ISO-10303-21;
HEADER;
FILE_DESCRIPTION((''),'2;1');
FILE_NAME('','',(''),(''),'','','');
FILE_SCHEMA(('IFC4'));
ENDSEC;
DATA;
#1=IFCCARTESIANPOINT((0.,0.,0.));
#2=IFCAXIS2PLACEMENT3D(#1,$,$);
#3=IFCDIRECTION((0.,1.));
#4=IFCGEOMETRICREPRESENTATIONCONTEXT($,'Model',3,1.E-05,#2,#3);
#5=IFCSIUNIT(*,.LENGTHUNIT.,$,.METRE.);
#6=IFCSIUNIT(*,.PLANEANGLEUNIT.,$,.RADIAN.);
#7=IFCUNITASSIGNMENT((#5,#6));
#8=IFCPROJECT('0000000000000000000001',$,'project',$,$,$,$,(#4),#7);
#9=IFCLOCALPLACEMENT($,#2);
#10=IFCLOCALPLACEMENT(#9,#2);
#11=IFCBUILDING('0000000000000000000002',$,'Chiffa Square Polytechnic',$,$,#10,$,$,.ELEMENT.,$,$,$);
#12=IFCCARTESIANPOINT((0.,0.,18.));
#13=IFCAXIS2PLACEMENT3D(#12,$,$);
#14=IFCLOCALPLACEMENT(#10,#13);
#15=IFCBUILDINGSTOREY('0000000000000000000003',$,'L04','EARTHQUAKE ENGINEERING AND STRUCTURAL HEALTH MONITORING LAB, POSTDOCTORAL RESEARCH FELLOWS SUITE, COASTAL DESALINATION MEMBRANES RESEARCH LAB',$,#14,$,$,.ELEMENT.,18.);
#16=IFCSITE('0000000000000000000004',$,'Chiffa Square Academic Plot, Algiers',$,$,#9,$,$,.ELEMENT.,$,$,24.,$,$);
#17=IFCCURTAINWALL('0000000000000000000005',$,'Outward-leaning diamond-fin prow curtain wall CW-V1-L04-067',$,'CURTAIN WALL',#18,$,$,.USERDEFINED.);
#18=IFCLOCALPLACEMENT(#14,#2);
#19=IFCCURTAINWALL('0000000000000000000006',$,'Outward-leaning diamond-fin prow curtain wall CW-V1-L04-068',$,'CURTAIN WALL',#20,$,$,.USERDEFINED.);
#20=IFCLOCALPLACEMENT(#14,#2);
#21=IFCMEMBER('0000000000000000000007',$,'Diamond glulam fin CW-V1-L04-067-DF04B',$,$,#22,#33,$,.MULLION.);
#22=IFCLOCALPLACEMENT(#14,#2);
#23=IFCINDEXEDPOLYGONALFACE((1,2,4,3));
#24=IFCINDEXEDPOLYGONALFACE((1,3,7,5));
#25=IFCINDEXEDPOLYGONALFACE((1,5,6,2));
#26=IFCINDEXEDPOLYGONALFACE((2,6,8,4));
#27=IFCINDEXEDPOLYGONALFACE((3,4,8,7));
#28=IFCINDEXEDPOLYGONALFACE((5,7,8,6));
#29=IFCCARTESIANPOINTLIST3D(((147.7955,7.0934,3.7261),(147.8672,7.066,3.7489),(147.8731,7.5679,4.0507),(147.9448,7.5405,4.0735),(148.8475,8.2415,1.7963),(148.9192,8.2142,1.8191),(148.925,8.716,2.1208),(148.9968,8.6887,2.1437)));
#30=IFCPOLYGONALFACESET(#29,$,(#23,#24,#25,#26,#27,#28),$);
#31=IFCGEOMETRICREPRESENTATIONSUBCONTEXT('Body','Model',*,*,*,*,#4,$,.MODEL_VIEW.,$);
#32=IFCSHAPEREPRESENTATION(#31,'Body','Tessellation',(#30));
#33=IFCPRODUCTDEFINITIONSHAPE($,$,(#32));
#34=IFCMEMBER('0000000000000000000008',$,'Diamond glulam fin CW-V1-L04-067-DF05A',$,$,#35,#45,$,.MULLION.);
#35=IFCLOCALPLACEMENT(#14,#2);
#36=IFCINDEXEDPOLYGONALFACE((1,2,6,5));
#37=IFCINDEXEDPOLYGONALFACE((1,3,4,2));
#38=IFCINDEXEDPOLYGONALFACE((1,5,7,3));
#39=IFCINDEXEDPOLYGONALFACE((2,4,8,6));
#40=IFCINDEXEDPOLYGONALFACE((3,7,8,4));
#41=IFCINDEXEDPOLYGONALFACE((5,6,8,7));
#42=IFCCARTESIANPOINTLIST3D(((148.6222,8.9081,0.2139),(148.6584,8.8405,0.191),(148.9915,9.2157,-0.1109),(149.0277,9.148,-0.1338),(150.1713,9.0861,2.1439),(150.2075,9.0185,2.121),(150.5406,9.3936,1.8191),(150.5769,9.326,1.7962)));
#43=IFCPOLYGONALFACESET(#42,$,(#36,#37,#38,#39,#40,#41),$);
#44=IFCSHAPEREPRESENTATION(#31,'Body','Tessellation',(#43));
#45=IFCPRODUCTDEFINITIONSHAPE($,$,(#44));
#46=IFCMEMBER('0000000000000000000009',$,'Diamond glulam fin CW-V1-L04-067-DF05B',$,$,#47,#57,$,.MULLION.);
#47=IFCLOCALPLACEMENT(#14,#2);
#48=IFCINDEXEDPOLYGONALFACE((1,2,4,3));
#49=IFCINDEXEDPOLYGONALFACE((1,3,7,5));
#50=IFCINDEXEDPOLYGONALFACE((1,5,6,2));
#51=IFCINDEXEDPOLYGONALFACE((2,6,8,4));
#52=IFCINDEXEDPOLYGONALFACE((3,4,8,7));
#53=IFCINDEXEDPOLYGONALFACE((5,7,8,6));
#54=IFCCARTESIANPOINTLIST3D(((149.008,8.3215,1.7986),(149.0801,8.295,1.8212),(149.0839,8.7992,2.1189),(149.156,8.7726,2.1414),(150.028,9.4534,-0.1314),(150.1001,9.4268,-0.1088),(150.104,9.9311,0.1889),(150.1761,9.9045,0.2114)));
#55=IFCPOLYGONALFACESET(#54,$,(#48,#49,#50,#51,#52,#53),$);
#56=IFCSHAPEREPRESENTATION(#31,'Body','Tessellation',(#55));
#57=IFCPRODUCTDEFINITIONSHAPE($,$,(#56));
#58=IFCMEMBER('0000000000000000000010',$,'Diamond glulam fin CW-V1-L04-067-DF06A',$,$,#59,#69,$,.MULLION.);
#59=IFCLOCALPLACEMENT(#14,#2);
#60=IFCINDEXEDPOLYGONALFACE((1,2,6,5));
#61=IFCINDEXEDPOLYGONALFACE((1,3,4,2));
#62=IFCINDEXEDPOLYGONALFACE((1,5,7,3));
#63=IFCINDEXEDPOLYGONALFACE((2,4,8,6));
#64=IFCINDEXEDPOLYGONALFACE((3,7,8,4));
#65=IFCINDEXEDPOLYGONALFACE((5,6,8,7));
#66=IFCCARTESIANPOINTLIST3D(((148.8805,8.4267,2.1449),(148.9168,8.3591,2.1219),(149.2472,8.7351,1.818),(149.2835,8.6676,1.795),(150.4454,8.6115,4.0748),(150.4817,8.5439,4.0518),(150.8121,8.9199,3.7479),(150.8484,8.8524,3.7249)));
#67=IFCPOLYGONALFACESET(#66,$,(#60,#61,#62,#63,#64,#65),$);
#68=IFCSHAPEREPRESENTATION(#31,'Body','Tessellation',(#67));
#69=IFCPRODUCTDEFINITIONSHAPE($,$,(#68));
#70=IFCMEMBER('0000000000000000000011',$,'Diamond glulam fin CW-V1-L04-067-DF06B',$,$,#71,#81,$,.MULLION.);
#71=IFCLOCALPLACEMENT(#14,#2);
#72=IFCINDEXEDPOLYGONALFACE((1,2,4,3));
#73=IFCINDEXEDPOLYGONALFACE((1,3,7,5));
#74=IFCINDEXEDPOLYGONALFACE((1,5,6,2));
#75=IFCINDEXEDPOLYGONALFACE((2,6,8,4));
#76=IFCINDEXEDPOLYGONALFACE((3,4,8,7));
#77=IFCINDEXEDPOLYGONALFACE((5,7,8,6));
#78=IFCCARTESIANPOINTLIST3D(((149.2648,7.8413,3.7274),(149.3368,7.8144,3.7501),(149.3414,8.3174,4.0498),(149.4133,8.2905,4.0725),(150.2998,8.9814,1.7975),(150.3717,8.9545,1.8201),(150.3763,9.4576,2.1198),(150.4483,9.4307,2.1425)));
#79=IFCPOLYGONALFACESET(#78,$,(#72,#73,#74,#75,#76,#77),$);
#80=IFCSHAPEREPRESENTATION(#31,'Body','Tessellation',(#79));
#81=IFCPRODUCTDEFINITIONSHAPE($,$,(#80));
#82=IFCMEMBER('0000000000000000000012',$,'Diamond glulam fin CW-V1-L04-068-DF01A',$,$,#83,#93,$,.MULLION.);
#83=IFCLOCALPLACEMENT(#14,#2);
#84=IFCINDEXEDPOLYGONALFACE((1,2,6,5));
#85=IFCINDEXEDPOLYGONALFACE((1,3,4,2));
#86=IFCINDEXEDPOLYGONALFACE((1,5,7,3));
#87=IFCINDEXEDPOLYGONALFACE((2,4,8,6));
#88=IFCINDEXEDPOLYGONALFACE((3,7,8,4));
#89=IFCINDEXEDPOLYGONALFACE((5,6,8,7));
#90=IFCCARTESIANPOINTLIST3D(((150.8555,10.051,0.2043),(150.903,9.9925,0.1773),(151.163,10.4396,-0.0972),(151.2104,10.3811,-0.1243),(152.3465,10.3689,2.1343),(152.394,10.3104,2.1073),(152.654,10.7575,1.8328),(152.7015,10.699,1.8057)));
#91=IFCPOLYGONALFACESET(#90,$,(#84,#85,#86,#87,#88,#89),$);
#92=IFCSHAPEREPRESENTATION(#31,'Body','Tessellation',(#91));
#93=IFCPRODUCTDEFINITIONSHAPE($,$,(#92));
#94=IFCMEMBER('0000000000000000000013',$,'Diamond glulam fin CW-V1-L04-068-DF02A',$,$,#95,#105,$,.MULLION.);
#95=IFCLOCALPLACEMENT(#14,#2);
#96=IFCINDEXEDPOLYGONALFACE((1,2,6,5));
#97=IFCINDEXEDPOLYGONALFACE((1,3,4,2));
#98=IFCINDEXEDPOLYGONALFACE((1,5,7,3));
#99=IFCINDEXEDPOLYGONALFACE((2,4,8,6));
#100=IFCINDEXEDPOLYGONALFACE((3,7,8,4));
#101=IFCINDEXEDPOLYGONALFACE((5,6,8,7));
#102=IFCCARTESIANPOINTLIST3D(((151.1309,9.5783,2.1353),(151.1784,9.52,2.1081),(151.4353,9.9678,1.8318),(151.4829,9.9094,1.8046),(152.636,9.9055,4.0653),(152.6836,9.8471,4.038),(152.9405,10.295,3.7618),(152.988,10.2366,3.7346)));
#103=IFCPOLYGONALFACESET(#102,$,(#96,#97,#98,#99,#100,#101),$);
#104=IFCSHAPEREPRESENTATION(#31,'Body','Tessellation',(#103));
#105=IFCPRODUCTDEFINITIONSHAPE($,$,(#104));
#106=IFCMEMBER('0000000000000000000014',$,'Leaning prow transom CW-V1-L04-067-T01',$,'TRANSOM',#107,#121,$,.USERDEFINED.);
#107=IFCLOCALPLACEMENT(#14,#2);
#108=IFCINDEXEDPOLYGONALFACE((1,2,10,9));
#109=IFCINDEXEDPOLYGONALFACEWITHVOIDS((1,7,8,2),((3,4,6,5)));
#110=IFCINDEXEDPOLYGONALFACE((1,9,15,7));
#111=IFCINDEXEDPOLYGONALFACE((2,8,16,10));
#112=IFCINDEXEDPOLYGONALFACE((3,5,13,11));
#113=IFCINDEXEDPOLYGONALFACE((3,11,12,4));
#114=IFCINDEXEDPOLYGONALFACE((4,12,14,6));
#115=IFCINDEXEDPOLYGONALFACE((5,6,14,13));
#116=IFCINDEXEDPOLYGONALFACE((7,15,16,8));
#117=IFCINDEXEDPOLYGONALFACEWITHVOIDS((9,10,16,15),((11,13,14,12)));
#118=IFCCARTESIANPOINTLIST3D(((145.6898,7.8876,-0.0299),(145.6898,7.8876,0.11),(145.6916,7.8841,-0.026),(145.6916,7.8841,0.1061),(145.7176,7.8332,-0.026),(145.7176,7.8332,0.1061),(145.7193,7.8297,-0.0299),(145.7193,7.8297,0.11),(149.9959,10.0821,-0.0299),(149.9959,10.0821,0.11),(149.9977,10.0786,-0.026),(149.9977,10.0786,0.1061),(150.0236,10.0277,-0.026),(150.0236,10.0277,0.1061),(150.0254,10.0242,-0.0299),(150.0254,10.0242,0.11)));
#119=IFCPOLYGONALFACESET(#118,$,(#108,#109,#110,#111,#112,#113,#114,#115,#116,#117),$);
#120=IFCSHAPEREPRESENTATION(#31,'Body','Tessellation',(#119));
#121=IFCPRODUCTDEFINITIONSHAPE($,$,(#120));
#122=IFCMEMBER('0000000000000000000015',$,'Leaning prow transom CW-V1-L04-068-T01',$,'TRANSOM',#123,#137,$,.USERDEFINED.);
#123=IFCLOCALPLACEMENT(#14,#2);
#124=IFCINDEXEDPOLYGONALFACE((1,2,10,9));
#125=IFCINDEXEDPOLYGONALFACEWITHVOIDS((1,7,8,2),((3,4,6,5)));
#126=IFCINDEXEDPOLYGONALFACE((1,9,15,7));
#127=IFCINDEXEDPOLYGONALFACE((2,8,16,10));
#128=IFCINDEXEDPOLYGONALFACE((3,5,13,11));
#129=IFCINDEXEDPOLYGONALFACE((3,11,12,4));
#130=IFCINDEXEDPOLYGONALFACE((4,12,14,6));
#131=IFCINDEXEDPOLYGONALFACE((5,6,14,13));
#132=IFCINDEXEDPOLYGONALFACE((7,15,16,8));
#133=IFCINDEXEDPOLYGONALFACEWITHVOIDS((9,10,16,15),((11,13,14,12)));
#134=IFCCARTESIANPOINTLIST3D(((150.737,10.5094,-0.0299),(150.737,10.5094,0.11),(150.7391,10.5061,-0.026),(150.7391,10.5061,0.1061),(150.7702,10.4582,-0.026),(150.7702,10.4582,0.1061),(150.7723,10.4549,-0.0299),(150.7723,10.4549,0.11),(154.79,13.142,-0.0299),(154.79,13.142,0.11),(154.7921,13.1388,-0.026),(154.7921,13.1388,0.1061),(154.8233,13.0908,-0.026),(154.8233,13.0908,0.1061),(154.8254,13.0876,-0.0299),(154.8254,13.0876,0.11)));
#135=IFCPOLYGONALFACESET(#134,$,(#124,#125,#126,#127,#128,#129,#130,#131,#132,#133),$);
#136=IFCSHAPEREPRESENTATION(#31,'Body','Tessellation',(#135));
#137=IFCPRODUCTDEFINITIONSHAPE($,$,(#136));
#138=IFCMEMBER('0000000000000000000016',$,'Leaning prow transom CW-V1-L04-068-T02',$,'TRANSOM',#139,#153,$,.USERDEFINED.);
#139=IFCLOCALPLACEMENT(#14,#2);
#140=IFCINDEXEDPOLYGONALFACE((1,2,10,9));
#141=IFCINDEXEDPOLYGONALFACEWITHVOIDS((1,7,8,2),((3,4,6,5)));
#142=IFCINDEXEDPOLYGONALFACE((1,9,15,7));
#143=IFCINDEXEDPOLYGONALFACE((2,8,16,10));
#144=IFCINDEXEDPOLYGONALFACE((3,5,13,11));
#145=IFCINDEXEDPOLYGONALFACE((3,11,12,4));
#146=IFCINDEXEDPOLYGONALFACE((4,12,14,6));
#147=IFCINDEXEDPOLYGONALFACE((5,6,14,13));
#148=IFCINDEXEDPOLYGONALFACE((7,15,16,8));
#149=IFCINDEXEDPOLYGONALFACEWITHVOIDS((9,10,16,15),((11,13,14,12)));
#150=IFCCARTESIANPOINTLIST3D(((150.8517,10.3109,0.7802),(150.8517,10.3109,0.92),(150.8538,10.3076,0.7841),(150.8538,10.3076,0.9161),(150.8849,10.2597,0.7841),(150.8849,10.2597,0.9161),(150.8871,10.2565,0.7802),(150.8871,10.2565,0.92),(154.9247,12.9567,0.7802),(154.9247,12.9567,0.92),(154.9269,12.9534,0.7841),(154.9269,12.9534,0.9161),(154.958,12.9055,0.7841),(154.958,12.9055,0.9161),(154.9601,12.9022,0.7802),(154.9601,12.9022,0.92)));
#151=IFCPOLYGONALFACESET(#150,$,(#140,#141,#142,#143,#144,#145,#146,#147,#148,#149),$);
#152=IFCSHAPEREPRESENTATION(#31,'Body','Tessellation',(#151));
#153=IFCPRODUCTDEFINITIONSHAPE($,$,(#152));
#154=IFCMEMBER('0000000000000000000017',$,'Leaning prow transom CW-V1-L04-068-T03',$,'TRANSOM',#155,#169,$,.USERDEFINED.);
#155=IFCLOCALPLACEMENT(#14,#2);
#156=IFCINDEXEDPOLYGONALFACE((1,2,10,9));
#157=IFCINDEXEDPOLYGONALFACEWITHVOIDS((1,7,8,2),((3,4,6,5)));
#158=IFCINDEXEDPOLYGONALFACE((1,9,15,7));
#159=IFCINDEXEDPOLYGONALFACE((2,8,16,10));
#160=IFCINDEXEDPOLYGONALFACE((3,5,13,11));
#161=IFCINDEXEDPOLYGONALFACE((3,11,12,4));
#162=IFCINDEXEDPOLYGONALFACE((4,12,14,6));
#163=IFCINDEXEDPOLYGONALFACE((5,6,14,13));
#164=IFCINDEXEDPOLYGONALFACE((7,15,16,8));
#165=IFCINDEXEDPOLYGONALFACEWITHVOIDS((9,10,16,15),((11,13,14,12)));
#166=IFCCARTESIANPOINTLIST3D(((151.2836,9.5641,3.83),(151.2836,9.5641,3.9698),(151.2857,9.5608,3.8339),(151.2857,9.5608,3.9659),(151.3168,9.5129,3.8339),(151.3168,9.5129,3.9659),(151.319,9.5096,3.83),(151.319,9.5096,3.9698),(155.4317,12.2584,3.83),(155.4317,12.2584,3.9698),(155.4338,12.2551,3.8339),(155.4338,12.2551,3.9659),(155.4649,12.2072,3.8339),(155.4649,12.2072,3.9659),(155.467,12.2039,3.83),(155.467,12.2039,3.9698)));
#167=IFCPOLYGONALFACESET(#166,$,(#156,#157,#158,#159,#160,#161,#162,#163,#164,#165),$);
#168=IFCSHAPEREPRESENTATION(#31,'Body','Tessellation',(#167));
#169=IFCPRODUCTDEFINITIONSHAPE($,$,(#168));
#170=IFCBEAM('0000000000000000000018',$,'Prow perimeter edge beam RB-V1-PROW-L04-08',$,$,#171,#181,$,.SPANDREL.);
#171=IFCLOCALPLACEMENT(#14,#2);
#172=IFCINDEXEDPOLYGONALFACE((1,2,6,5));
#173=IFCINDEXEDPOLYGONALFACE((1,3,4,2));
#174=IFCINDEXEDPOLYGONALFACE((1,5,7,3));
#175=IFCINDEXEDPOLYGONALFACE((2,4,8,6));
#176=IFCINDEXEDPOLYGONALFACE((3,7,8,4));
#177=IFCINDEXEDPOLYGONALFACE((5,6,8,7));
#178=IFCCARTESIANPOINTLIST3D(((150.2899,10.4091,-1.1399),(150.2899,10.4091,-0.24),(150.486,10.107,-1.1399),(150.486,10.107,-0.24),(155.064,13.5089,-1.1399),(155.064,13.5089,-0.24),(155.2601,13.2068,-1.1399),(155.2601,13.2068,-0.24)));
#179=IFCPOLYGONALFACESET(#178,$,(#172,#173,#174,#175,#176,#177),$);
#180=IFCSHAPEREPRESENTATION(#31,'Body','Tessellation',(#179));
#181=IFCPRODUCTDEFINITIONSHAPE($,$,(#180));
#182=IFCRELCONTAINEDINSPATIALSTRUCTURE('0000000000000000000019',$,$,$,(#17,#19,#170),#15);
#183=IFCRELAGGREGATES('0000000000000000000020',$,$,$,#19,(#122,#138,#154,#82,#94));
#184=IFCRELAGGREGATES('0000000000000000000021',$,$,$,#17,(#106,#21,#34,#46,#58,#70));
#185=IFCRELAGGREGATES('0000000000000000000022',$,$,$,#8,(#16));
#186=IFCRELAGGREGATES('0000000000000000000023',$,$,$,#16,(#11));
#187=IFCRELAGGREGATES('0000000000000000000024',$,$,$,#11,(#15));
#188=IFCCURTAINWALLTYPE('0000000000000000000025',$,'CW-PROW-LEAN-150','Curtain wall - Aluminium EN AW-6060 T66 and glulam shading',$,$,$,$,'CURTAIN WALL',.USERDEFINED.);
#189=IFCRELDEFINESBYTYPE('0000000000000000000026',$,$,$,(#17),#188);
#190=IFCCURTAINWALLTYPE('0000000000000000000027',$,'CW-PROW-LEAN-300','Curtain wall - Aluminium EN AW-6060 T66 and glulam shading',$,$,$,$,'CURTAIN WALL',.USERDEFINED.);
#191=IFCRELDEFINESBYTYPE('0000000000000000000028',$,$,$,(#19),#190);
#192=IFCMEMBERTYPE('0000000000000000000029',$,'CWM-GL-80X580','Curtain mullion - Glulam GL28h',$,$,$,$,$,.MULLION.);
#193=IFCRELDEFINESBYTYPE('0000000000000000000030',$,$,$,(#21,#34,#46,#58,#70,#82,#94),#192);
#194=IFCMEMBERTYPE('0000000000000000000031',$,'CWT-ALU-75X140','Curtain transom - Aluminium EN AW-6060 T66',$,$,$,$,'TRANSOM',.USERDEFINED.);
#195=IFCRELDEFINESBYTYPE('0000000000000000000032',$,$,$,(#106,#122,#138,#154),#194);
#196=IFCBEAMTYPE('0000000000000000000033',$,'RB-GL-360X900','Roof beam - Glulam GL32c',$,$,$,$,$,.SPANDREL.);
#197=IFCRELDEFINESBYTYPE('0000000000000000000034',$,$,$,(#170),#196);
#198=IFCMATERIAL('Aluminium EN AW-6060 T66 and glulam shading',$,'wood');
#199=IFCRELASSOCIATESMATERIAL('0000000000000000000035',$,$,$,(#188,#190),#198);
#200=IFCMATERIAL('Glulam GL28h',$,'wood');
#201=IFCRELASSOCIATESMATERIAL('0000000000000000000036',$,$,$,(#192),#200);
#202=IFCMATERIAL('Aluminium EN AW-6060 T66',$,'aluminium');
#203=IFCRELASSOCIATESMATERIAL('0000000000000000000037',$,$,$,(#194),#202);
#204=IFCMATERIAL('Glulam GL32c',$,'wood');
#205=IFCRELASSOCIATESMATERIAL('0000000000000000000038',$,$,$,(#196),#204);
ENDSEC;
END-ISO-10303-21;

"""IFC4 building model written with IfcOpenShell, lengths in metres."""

from ifc_helpers import new_model, si_unit, direction, frame, origin, origin_2d, place, context, subcontext, project, spatial, rectangle, hollow_rectangle, extrude, material, material_profile, profile_set, type_object, element, aggregate, save


model = new_model("IFC4")

# Units and contexts
model_context = context("Model", 3, precision=1e-05, world=origin(), true_north=direction((0.0, 1.0)))
body_context = subcontext(model_context, "Body", "Model", "MODEL_VIEW")
ifc_project = project(units=[si_unit("LENGTHUNIT", "METRE"), si_unit("PLANEANGLEUNIT", "RADIAN")], contexts=[model_context])

# Site, building, storey
site_placement = place(None, origin())
site = spatial("IfcSite", under=ifc_project, at=site_placement, Name="Chiffa Square Academic Plot, Algiers", CompositionType="ELEMENT", RefElevation=24.0)
building_placement = place(site_placement, origin())
building = spatial("IfcBuilding", under=site, at=building_placement, Name="Chiffa Square Polytechnic", CompositionType="ELEMENT")
storey_placement = place(building_placement, frame((0.0, 0.0, 18.0)))
storey = spatial("IfcBuildingStorey", under=building, at=storey_placement, Name="L04", Description="EARTHQUAKE ENGINEERING AND STRUCTURAL HEALTH MONITORING LAB, POSTDOCTORAL RESEARCH FELLOWS SUITE, COASTAL DESALINATION MEMBRANES RESEARCH LAB", CompositionType="ELEMENT", Elevation=18.0)

# Shared definitions
ifc_material_1 = material(Name="Glulam GL32c", Category="wood")

# Curtain walls
ifc_material_2 = material(Name="Aluminium EN AW-6060 T66 and glulam shading", Category="wood")
curtain_wall_type_1 = type_object("IfcCurtainWallType", Name="CW-PROW-LEAN-150", Description="Curtain wall - Aluminium EN AW-6060 T66 and glulam shading", ElementType="CURTAIN WALL", PredefinedType="USERDEFINED", material=ifc_material_2)
curtain_wall_1_placement = place(storey_placement, origin())
curtain_wall_1 = element("IfcCurtainWall", 1, at=curtain_wall_1_placement, inside=storey, type_object=curtain_wall_type_1, Name="Outward-leaning diamond-fin prow curtain wall CW-V1-L04-067", ObjectType="CURTAIN WALL", PredefinedType="USERDEFINED")
ifc_material_3 = material(Name="Aluminium EN AW-6060 T66", Category="aluminium")
curtain_wall_type_2 = type_object("IfcCurtainWallType", Name="CW-PROW-LEAN-300", Description="Curtain wall - Aluminium EN AW-6060 T66 and glulam shading", ElementType="CURTAIN WALL", PredefinedType="USERDEFINED", material=ifc_material_2)
curtain_wall_2_placement = place(storey_placement, origin())
curtain_wall_2 = element("IfcCurtainWall", 2, at=curtain_wall_2_placement, inside=storey, type_object=curtain_wall_type_2, Name="Outward-leaning diamond-fin prow curtain wall CW-V1-L04-068", ObjectType="CURTAIN WALL", PredefinedType="USERDEFINED")

# Members
ifc_material_4 = material(Name="Glulam GL28h", Category="wood")
ifc_material_profile_1 = material_profile(ifc_material_4, rectangle(XDim=0.0801, YDim=0.5801, at=origin_2d()), Name="GL28h 80x580")
ifc_profile_set_1 = profile_set([ifc_material_profile_1], Name="Glulam GL28h")
member_type_1 = type_object("IfcMemberType", Name="CWM-GL-80X580", Description="Curtain mullion - Glulam GL28h", PredefinedType="MULLION", material=ifc_profile_set_1)
member_1_placement = place(storey_placement, frame((148.9221, 8.4651, 1.97), z_axis=(-0.424219, -0.463008, 0.778243), x_axis=(0.895635, -0.341412, 0.285089)))
member_1 = element("IfcMember", 3, at=member_1_placement, type_object=member_type_1, Name="Diamond glulam fin CW-V1-L04-067-DF04B", PredefinedType="MULLION", context=body_context, shape_type="SweptSolid", body=[
    extrude(rectangle(XDim=0.0801, YDim=0.5801, at=origin_2d()), origin(), (0.0, 0.0, 1.0), 2.4797),
])
member_2_placement = place(storey_placement, frame((148.825, 9.0281, 0.04), z_axis=(0.624345, 0.071733, 0.777848), x_axis=(-0.45253, 0.844875, 0.285311)))
member_2 = element("IfcMember", 4, at=member_2_placement, type_object=member_type_1, Name="Diamond glulam fin CW-V1-L04-067-DF05A", PredefinedType="MULLION", context=body_context, shape_type="SweptSolid", body=[
    extrude(rectangle(XDim=0.0801, YDim=0.5801, at=origin_2d()), origin(), (0.0, 0.0, 1.0), 2.4812),
])
member_3_placement = place(storey_placement, frame((150.1021, 9.679, 0.04), z_axis=(-0.41483, -0.460304, 0.78488), x_axis=(0.90043, -0.331796, 0.281314)))
member_3 = element("IfcMember", 5, at=member_3_placement, type_object=member_type_1, Name="Diamond glulam fin CW-V1-L04-067-DF05B", PredefinedType="MULLION", context=body_context, shape_type="SweptSolid", body=[
    extrude(rectangle(XDim=0.0801, YDim=0.5801, at=origin_2d()), origin(), (0.0, 0.0, 1.0), 2.459),
])
member_4_placement = place(storey_placement, frame((149.082, 8.5471, 1.97), z_axis=(0.628099, 0.074176, 0.77459), x_axis=(-0.453728, 0.843615, 0.287133)))
member_4 = element("IfcMember", 6, at=member_4_placement, type_object=member_type_1, Name="Diamond glulam fin CW-V1-L04-067-DF06A", PredefinedType="MULLION", context=body_context, shape_type="SweptSolid", body=[
    extrude(rectangle(XDim=0.0801, YDim=0.5801, at=origin_2d()), origin(), (0.0, 0.0, 1.0), 2.4915),
])
member_5_placement = place(storey_placement, frame((150.374, 9.2061, 1.97), z_axis=(-0.419175, -0.461795, 0.781689), x_axis=(0.898264, -0.336086, 0.28314)))
member_5 = element("IfcMember", 7, at=member_5_placement, type_object=member_type_1, Name="Diamond glulam fin CW-V1-L04-067-DF06B", PredefinedType="MULLION", context=body_context, shape_type="SweptSolid", body=[
    extrude(rectangle(XDim=0.0801, YDim=0.5801, at=origin_2d()), origin(), (0.0, 0.0, 1.0), 2.469),
])
member_6_placement = place(storey_placement, frame((151.033, 10.2161, 0.04), z_axis=(0.606231, 0.129247, 0.784716), x_axis=(-0.592866, 0.731121, 0.337598)))
member_6 = element("IfcMember", 8, at=member_6_placement, type_object=member_type_1, Name="Diamond glulam fin CW-V1-L04-068-DF01A", PredefinedType="MULLION", context=body_context, shape_type="SweptSolid", body=[
    extrude(rectangle(XDim=0.0801, YDim=0.5801, at=origin_2d()), origin(), (0.0, 0.0, 1.0), 2.4595),
])
member_7_placement = place(storey_placement, frame((151.3069, 9.7439, 1.97), z_axis=(0.609555, 0.13249, 0.781594), x_axis=(-0.594105, 0.729121, 0.339739)))
member_7 = element("IfcMember", 9, at=member_7_placement, type_object=member_type_1, Name="Diamond glulam fin CW-V1-L04-068-DF02A", PredefinedType="MULLION", context=body_context, shape_type="SweptSolid", body=[
    extrude(rectangle(XDim=0.0801, YDim=0.5801, at=origin_2d()), origin(), (0.0, 0.0, 1.0), 2.4692),
])
ifc_material_profile_2 = material_profile(ifc_material_3, hollow_rectangle(XDim=0.0649, YDim=0.1399, WallThickness=0.0039, at=origin_2d()), Name="ALU 65x140x4")
ifc_profile_set_2 = profile_set([ifc_material_profile_2], Name="Aluminium EN AW-6060 T66")
member_type_2 = type_object("IfcMemberType", Name="CWT-ALU-75X140", Description="Curtain transom - Aluminium EN AW-6060 T66", ElementType="TRANSOM", PredefinedType="USERDEFINED", material=ifc_profile_set_2)
member_8_placement = place(storey_placement, frame((145.7046, 7.8586, 0.04), z_axis=(0.890966, 0.45407, 0.0), x_axis=(-0.45407, 0.890966, 0.0)))
member_8 = element("IfcMember", 10, at=member_8_placement, type_object=member_type_2, Name="Leaning prow transom CW-V1-L04-067-T01", ObjectType="TRANSOM", PredefinedType="USERDEFINED", context=body_context, shape_type="SweptSolid", body=[
    extrude(hollow_rectangle(XDim=0.0649, YDim=0.1399, WallThickness=0.0039, at=origin_2d()), origin(), (0.0, 0.0, 1.0), 4.833),
])
member_9_placement = place(storey_placement, frame((150.7546, 10.4822, 0.04), z_axis=(0.83862, 0.544717, 0.0), x_axis=(-0.544717, 0.83862, 0.0)))
member_9 = element("IfcMember", 11, at=member_9_placement, type_object=member_type_2, Name="Leaning prow transom CW-V1-L04-068-T01", ObjectType="TRANSOM", PredefinedType="USERDEFINED", context=body_context, shape_type="SweptSolid", body=[
    extrude(hollow_rectangle(XDim=0.0649, YDim=0.1399, WallThickness=0.0039, at=origin_2d()), origin(), (0.0, 0.0, 1.0), 4.833),
])
member_10_placement = place(storey_placement, frame((150.8694, 10.2837, 0.8501), z_axis=(0.838603, 0.544743, 0.0), x_axis=(-0.544743, 0.838603, 0.0)))
member_10 = element("IfcMember", 12, at=member_10_placement, type_object=member_type_2, Name="Leaning prow transom CW-V1-L04-068-T02", ObjectType="TRANSOM", PredefinedType="USERDEFINED", context=body_context, shape_type="SweptSolid", body=[
    extrude(hollow_rectangle(XDim=0.0649, YDim=0.1399, WallThickness=0.0039, at=origin_2d()), origin(), (0.0, 0.0, 1.0), 4.8569),
])
member_11_placement = place(storey_placement, frame((151.3013, 9.5369, 3.8999), z_axis=(0.838627, 0.544706, 0.0), x_axis=(-0.544706, 0.838627, 0.0)))
member_11 = element("IfcMember", 13, at=member_11_placement, type_object=member_type_2, Name="Leaning prow transom CW-V1-L04-068-T03", ObjectType="TRANSOM", PredefinedType="USERDEFINED", context=body_context, shape_type="SweptSolid", body=[
    extrude(hollow_rectangle(XDim=0.0649, YDim=0.1399, WallThickness=0.0039, at=origin_2d()), origin(), (0.0, 0.0, 1.0), 4.9463),
])

# Beam
ifc_material_profile_3 = material_profile(ifc_material_1, rectangle(XDim=0.3601, YDim=0.8999, at=origin_2d()), Name="GL32c 360x900")
ifc_profile_set_3 = profile_set([ifc_material_profile_3], Name="Glulam GL32c")
beam_type_1 = type_object("IfcBeamType", Name="RB-GL-360X900", Description="Roof beam - Glulam GL32c", PredefinedType="SPANDREL", material=ifc_profile_set_3)
beam_1_placement = place(storey_placement, frame((150.3879, 10.2581, -0.6899), z_axis=(0.838713, 0.544574, 0.0), x_axis=(-0.544574, 0.838713, 0.0)))
element("IfcBeam", 14, at=beam_1_placement, inside=storey, type_object=beam_type_1, Name="Prow perimeter edge beam RB-V1-PROW-L04-08", PredefinedType="SPANDREL", context=body_context, shape_type="SweptSolid", body=[
    extrude(rectangle(XDim=0.3601, YDim=0.8999, at=origin_2d()), origin(), (0.0, 0.0, 1.0), 5.6921),
])

aggregate(curtain_wall_2, [member_9, member_10, member_11, member_6, member_7])
aggregate(curtain_wall_1, [member_8, member_1, member_2, member_3, member_4, member_5])

save(model, "model.ifc")
